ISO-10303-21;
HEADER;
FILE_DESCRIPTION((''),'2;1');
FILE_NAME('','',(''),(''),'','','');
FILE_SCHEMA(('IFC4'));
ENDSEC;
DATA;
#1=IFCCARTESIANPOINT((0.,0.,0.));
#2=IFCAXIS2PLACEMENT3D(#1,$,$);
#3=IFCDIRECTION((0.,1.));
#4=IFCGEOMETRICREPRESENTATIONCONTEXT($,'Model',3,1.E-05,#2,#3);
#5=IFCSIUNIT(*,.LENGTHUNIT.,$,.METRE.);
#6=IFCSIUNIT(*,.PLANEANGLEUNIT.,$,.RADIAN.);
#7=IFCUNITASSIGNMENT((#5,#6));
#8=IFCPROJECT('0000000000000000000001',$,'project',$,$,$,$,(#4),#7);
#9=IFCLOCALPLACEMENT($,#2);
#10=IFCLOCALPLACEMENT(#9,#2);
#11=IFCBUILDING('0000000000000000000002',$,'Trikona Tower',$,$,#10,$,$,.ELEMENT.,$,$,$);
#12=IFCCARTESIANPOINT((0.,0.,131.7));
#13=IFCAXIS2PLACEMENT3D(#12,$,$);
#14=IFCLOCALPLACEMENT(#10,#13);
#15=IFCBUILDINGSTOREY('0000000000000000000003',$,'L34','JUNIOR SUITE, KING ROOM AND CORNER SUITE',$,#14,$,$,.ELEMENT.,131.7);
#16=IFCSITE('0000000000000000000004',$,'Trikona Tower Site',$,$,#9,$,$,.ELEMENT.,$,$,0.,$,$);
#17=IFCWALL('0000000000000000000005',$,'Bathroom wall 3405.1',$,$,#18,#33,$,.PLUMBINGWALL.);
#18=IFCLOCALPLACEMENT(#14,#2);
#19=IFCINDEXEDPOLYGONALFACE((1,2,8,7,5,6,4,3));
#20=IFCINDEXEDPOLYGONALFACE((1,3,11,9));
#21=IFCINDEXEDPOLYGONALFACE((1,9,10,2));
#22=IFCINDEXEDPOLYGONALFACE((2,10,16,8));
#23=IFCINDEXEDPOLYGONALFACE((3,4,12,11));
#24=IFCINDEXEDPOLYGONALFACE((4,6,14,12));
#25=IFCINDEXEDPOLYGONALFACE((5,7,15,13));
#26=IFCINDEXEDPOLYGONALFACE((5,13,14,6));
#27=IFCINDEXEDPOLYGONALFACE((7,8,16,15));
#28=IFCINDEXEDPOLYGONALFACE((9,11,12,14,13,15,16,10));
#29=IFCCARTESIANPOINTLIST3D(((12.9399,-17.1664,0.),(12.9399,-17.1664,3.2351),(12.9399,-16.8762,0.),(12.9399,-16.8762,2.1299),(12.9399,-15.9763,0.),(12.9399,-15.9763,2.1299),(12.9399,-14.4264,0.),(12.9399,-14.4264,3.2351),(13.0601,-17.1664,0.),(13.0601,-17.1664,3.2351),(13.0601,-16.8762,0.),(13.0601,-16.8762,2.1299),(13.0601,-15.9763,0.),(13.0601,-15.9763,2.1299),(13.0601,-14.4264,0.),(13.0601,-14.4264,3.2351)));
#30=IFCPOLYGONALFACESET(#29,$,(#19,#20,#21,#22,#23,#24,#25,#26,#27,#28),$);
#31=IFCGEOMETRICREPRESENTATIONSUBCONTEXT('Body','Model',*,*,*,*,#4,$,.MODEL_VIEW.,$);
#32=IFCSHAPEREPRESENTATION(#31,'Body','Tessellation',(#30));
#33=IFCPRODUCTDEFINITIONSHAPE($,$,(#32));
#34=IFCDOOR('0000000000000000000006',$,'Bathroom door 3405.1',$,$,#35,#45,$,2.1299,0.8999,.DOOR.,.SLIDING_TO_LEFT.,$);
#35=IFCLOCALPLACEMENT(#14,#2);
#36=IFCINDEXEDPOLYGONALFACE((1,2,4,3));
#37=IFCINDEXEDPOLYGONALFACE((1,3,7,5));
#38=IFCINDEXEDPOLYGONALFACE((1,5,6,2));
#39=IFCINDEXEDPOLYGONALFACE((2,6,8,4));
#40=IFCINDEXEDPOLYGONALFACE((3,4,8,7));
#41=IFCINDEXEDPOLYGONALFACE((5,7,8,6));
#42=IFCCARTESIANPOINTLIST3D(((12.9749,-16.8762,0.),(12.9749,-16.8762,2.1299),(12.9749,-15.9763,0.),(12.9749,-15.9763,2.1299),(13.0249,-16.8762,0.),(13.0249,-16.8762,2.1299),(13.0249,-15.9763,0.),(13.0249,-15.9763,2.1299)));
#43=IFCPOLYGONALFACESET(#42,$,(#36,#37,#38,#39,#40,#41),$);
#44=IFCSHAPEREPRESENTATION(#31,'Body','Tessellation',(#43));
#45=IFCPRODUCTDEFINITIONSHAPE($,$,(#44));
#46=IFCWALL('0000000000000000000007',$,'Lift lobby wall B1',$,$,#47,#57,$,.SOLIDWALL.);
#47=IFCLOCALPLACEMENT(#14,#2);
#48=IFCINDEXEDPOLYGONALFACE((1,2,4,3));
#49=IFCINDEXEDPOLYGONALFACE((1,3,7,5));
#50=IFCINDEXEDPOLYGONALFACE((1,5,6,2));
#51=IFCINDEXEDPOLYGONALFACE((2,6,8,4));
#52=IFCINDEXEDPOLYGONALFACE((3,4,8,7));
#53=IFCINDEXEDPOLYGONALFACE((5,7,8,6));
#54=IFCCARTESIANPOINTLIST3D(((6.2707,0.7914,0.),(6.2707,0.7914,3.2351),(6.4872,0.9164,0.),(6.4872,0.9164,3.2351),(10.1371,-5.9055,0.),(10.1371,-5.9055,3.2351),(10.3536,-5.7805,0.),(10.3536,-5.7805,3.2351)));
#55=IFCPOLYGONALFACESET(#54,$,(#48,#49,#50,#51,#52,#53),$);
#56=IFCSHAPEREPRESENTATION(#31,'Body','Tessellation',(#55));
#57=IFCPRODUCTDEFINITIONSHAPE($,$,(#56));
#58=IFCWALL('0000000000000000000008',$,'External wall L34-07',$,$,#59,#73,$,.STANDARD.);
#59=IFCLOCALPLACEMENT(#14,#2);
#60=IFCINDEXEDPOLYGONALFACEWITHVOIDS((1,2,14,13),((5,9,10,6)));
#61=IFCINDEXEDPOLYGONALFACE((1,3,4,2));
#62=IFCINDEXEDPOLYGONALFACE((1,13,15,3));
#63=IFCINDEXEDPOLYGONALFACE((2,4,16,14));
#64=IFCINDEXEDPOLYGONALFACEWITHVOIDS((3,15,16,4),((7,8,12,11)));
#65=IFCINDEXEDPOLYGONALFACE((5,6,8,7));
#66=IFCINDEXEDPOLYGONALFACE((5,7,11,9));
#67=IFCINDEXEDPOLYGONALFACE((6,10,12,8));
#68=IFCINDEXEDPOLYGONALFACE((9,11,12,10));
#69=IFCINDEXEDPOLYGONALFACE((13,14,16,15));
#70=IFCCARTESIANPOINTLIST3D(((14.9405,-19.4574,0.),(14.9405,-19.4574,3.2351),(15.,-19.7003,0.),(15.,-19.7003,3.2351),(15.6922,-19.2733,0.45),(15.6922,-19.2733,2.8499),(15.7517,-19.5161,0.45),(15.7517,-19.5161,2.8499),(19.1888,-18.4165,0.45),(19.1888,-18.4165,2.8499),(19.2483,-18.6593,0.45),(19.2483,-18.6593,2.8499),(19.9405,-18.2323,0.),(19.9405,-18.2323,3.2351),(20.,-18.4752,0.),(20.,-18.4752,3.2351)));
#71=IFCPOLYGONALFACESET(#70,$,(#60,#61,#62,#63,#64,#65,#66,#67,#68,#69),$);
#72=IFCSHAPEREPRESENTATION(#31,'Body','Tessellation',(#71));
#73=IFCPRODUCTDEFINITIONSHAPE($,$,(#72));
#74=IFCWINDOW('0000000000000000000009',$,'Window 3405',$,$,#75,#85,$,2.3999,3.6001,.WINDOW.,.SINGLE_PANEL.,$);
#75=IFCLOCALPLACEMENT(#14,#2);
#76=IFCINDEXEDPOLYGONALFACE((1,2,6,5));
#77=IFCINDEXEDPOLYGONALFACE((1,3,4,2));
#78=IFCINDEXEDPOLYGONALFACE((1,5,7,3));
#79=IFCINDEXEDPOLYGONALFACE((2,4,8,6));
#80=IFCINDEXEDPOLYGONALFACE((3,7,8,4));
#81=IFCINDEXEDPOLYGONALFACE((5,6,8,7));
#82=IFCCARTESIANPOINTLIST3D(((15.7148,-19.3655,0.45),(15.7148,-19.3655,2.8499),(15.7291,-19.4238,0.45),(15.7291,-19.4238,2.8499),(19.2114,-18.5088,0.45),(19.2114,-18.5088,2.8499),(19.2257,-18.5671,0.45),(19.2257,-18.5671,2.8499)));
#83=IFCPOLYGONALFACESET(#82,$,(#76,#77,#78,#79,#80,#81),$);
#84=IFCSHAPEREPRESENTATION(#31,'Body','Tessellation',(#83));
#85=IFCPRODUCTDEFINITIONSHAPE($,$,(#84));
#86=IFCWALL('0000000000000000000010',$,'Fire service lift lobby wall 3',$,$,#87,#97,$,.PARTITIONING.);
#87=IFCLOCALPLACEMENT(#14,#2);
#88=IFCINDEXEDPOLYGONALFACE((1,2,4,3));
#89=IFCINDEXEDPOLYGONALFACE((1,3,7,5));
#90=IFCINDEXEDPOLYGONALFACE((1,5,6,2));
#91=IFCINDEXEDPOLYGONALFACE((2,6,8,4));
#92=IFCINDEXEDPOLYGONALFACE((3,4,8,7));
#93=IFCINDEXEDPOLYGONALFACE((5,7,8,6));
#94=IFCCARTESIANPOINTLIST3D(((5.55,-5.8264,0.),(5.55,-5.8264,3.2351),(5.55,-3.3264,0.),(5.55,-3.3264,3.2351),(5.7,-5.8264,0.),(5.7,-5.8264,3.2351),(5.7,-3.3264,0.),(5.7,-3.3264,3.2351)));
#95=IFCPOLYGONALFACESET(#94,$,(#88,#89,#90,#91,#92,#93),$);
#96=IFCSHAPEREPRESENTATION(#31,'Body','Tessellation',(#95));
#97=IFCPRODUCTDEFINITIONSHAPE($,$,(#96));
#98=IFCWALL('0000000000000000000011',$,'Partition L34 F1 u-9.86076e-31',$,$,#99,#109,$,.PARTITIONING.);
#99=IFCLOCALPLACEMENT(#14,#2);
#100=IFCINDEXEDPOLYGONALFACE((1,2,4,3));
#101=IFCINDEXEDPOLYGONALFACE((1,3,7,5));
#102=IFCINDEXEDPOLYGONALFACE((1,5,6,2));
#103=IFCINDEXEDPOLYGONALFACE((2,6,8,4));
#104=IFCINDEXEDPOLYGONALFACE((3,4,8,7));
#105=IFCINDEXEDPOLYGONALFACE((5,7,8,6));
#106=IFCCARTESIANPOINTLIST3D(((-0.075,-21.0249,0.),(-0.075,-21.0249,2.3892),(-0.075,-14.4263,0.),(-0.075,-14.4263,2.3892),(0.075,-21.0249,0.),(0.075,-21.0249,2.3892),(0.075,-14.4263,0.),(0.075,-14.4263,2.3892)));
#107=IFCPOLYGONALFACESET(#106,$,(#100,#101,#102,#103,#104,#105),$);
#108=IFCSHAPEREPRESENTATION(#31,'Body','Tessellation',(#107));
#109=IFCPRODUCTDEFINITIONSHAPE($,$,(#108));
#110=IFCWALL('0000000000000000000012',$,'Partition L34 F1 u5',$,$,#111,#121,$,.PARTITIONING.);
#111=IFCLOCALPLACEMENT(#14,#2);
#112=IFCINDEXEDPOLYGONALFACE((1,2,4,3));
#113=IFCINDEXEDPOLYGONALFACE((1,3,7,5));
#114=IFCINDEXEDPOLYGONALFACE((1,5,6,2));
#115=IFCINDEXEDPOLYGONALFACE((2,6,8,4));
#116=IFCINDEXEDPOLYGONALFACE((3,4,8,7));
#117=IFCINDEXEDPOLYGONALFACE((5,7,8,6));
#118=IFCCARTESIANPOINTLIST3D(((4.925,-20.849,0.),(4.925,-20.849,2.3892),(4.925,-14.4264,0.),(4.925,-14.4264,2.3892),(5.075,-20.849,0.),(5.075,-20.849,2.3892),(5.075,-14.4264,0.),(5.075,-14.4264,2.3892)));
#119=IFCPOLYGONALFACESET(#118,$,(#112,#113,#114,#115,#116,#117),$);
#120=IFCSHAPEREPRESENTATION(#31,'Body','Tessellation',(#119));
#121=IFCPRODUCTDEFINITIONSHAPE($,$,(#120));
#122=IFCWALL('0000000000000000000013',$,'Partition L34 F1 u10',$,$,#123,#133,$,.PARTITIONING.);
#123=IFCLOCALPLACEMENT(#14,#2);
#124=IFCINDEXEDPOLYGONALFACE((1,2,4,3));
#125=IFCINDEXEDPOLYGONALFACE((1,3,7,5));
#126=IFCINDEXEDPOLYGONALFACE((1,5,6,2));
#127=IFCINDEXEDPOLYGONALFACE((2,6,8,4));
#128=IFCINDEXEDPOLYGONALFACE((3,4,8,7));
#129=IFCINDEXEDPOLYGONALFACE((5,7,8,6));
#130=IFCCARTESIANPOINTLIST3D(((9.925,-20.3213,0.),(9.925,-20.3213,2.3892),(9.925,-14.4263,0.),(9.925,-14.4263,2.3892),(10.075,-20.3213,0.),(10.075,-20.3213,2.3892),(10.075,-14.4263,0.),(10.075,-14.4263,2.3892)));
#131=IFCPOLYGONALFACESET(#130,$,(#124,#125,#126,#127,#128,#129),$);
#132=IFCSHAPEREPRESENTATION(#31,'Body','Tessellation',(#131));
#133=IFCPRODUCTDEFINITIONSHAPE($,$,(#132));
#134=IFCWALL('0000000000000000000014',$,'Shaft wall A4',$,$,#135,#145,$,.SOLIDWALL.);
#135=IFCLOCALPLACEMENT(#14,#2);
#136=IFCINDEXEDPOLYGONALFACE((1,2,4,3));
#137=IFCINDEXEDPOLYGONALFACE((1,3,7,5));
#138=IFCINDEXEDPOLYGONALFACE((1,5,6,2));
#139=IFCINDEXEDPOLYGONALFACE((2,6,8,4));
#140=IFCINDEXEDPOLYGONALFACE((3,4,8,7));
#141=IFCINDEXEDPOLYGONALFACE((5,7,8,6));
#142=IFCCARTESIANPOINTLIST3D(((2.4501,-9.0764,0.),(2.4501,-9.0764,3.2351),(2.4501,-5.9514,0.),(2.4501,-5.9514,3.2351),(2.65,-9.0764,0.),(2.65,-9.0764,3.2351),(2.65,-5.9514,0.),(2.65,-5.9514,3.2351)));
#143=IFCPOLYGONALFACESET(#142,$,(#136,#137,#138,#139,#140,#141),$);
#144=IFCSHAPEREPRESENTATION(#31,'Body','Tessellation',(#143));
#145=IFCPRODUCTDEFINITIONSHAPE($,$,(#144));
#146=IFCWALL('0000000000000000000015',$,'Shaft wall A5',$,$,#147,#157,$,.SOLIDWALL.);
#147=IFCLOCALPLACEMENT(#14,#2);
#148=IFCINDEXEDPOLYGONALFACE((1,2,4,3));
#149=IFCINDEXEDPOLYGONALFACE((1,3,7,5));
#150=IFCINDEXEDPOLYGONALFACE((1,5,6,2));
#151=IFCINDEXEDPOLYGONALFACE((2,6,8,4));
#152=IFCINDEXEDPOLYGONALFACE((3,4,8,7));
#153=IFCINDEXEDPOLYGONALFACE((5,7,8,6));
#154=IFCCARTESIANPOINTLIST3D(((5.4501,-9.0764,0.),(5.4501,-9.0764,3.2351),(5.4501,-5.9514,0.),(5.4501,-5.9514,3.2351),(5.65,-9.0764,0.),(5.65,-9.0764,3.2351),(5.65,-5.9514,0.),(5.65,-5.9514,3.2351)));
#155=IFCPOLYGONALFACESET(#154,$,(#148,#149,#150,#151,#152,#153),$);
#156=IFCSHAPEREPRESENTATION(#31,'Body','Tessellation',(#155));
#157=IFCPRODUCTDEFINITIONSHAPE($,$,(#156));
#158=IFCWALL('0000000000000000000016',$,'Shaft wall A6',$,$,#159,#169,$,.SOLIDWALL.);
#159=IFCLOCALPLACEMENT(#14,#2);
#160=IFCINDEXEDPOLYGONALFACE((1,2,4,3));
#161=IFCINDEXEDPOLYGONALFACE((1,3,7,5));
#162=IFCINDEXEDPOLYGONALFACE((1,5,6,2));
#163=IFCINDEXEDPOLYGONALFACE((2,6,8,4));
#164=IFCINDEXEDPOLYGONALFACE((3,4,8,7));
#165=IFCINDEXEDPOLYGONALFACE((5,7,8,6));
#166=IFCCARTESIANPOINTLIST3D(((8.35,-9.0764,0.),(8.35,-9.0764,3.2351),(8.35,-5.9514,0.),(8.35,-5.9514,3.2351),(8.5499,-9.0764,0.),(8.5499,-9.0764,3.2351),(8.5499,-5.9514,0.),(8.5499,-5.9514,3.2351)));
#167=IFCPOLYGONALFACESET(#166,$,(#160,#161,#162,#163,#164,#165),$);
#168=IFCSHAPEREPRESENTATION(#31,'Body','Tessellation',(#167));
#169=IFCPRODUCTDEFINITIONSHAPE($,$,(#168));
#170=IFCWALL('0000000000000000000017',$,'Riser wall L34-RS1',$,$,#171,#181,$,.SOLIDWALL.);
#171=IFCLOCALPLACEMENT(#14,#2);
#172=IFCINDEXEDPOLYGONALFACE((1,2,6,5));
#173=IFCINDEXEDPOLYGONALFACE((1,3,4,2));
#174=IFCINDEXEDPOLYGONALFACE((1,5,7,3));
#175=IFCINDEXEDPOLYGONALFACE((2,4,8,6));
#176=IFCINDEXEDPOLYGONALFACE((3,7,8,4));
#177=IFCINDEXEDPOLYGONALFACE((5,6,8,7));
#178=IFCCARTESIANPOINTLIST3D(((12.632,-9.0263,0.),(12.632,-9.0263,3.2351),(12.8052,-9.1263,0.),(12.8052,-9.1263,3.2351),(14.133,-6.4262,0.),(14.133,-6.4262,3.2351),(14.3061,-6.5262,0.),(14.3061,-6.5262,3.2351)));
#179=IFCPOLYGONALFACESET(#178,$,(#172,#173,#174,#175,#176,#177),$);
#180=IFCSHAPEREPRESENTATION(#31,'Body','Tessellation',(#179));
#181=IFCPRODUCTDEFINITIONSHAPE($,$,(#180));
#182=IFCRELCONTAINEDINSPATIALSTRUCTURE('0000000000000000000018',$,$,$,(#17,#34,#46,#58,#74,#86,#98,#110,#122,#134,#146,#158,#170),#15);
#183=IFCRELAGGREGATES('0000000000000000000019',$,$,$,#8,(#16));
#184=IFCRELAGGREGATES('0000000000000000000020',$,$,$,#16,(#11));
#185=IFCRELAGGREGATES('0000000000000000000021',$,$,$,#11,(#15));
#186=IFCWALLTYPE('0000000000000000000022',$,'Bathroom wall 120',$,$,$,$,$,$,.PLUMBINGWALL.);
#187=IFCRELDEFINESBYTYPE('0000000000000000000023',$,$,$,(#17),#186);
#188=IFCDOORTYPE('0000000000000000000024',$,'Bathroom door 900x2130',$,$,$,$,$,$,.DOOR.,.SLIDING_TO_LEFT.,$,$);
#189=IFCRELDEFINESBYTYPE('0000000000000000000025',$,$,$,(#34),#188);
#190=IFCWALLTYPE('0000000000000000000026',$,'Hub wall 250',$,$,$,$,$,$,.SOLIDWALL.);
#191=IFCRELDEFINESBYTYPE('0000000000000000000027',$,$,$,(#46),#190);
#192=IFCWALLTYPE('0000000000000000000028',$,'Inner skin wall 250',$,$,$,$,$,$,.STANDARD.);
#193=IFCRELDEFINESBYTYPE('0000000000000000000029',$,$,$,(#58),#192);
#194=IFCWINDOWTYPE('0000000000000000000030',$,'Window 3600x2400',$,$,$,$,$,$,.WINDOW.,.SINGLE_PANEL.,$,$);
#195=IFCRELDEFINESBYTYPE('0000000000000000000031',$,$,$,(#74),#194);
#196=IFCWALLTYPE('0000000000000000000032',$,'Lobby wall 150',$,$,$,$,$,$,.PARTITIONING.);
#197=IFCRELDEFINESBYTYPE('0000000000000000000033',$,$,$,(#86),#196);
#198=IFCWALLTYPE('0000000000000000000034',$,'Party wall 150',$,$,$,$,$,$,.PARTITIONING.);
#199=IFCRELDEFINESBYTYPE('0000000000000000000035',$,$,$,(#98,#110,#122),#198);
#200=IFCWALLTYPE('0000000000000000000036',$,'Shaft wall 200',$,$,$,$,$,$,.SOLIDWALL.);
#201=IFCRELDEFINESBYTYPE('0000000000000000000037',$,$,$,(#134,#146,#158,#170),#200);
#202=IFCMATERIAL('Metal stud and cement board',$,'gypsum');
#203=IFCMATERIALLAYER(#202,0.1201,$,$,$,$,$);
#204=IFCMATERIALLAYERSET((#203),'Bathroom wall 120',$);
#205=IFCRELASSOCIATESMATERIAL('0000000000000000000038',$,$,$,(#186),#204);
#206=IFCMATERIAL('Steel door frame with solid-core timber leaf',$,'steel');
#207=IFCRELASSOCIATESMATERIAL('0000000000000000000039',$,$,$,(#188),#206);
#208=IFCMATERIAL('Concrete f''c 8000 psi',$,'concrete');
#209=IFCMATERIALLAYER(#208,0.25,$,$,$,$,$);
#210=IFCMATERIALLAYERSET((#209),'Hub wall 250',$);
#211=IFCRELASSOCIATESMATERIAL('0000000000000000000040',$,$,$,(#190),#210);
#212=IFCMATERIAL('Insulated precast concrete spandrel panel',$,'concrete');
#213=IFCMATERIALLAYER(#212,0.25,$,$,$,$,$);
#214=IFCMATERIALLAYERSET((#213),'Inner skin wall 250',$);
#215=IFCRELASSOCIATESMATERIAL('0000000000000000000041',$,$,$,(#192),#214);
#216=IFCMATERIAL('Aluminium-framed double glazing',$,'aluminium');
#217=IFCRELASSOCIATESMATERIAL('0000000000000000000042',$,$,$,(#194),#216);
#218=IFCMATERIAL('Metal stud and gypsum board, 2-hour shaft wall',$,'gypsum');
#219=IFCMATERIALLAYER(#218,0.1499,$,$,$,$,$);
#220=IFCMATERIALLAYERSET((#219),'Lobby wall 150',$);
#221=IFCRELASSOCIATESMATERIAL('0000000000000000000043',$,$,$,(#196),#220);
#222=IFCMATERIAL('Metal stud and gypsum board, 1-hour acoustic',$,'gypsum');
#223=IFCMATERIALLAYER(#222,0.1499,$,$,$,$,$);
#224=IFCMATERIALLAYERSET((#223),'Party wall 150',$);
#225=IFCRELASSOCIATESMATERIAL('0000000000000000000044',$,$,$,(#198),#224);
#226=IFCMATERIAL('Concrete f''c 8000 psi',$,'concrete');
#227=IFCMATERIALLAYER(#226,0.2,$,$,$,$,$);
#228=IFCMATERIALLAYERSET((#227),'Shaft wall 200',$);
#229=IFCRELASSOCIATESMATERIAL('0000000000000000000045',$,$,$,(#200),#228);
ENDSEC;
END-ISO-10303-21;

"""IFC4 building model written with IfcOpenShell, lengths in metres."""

from ifc_helpers import new_model, si_unit, direction, frame, frame_2d, origin, place, context, subcontext, project, spatial, rectangle, extrude, material, layer, layer_set, type_object, element, fill, save


model = new_model("IFC4")

# Units and contexts
model_context = context("Model", 3, precision=1e-05, world=origin(), true_north=direction((0.0, 1.0)))
body_context = subcontext(model_context, "Body", "Model", "MODEL_VIEW")
ifc_project = project(units=[si_unit("LENGTHUNIT", "METRE"), si_unit("PLANEANGLEUNIT", "RADIAN")], contexts=[model_context])

# Site, building, storey
site_placement = place(None, origin())
site = spatial("IfcSite", under=ifc_project, at=site_placement, Name="Trikona Tower Site", CompositionType="ELEMENT", RefElevation=0.0)
building_placement = place(site_placement, origin())
building = spatial("IfcBuilding", under=site, at=building_placement, Name="Trikona Tower", CompositionType="ELEMENT")
storey_placement = place(building_placement, frame((0.0, 0.0, 131.7)))
storey = spatial("IfcBuildingStorey", under=building, at=storey_placement, Name="L34", Description="JUNIOR SUITE, KING ROOM AND CORNER SUITE", CompositionType="ELEMENT", Elevation=131.7)

# Shared definitions
ifc_material_1 = material(Name="Metal stud and cement board", Category="gypsum")
ifc_layer_1 = layer(ifc_material_1, 0.1201)
ifc_layer_set_1 = layer_set([ifc_layer_1], Name="Bathroom wall 120")
wall_type_1 = type_object("IfcWallType", Name="Bathroom wall 120", PredefinedType="PLUMBINGWALL", material=ifc_layer_set_1)

# Shared definitions
ifc_material_2 = material(Name="Steel door frame with solid-core timber leaf", Category="steel")
door_type_1 = type_object("IfcDoorType", Name="Bathroom door 900x2130", OperationType="SLIDING_TO_LEFT", PredefinedType="DOOR", material=ifc_material_2)

# Wall, opening, door
wall_1_placement = place(storey_placement, frame((13.0, -14.4263, 0.0), z_axis=(0.0, 0.0, 1.0), x_axis=(0.0, -1.0, 0.0)))
wall_1 = element("IfcWall", 1, at=wall_1_placement, inside=storey, type_object=wall_type_1, Name="Bathroom wall 3405.1", PredefinedType="PLUMBINGWALL", context=body_context, shape_type="SweptSolid", body=[
    extrude(rectangle(XDim=2.74, YDim=0.1201, at=frame_2d((1.3701, 0.0))), origin(), (0.0, 0.0, 1.0), 3.2351),
])
opening_1_placement = place(wall_1_placement, frame((1.55, 0.0, 0.0)))
opening_1 = element("IfcOpeningElement", 2, at=opening_1_placement, cuts=wall_1, PredefinedType="OPENING", context=body_context, shape_type="SweptSolid", body=[
    extrude(rectangle(XDim=0.8999, YDim=2.1299, at=frame_2d((0.45, 1.0649))), frame((0.0, 0.0701, 0.0), z_axis=(0.0, -1.0, 0.0), x_axis=(1.0, 0.0, 0.0)), (0.0, 0.0, 1.0), 0.1401),
])
door_1_placement = place(opening_1_placement, origin())
door_1 = element("IfcDoor", 3, at=door_1_placement, inside=storey, type_object=door_type_1, Name="Bathroom door 3405.1", OperationType="SLIDING_TO_LEFT", OverallHeight=2.1299, OverallWidth=0.8999, PredefinedType="DOOR", context=body_context, shape_type="SweptSolid", body=[
    extrude(rectangle(XDim=0.8999, YDim=2.1299, at=frame_2d((0.45, 1.0649))), frame((0.0, 0.0249, 0.0), z_axis=(0.0, -1.0, 0.0), x_axis=(1.0, 0.0, 0.0)), (0.0, 0.0, 1.0), 0.05),
])
fill(opening_1, door_1)

# Wall
ifc_material_3 = material(Name="Concrete f'c 8000 psi", Category="concrete")
ifc_layer_2 = layer(ifc_material_3, 0.25)
ifc_layer_set_2 = layer_set([ifc_layer_2], Name="Hub wall 250")
wall_type_2 = type_object("IfcWallType", Name="Hub wall 250", PredefinedType="SOLIDWALL", material=ifc_layer_set_2)
wall_2_placement = place(storey_placement, frame((10.2454, -5.843, 0.0), z_axis=(0.0, 0.0, 1.0), x_axis=(-0.499993, 0.866029, 0.0)))
element("IfcWall", 4, at=wall_2_placement, inside=storey, type_object=wall_type_2, Name="Lift lobby wall B1", PredefinedType="SOLIDWALL", context=body_context, shape_type="SweptSolid", body=[
    extrude(rectangle(XDim=7.7329, YDim=0.25, at=frame_2d((3.8665, 0.0))), origin(), (0.0, 0.0, 1.0), 3.2351),
])

# Wall, opening, window
ifc_material_4 = material(Name="Insulated precast concrete spandrel panel", Category="concrete")
ifc_layer_3 = layer(ifc_material_4, 0.25)
ifc_layer_set_3 = layer_set([ifc_layer_3], Name="Inner skin wall 250")
wall_type_3 = type_object("IfcWallType", Name="Inner skin wall 250", PredefinedType="STANDARD", material=ifc_layer_set_3)
wall_3_placement = place(storey_placement, frame((14.9702, -19.5789, 0.0), z_axis=(0.0, 0.0, 1.0), x_axis=(0.97127, 0.23798, 0.0)))
wall_3 = element("IfcWall", 5, at=wall_3_placement, inside=storey, type_object=wall_type_3, Name="External wall L34-07", PredefinedType="STANDARD", context=body_context, shape_type="SweptSolid", body=[
    extrude(rectangle(XDim=5.1479, YDim=0.25, at=frame_2d((2.574, 0.0))), origin(), (0.0, 0.0, 1.0), 3.2351),
])
opening_2_placement = place(wall_3_placement, frame((0.7739, 0.0, 0.45)))
opening_2 = element("IfcOpeningElement", 6, at=opening_2_placement, cuts=wall_3, PredefinedType="OPENING", context=body_context, shape_type="SweptSolid", body=[
    extrude(rectangle(XDim=3.6001, YDim=2.3999, at=frame_2d((1.8, 1.2))), frame((0.0, 0.135, 0.0), z_axis=(0.0, -1.0, 0.0), x_axis=(1.0, 0.0, 0.0)), (0.0, 0.0, 1.0), 0.27),
])
ifc_material_5 = material(Name="Aluminium-framed double glazing", Category="aluminium")
window_type = type_object("IfcWindowType", Name="Window 3600x2400", PartitioningType="SINGLE_PANEL", PredefinedType="WINDOW", material=ifc_material_5)
window_placement = place(opening_2_placement, origin())
window = element("IfcWindow", 7, at=window_placement, inside=storey, type_object=window_type, Name="Window 3405", OverallHeight=2.3999, OverallWidth=3.6001, PartitioningType="SINGLE_PANEL", PredefinedType="WINDOW", context=body_context, shape_type="SweptSolid", body=[
    extrude(rectangle(XDim=3.6001, YDim=2.3999, at=frame_2d((1.8, 1.2))), frame((0.0, 0.03, 0.0), z_axis=(0.0, -1.0, 0.0), x_axis=(1.0, 0.0, 0.0)), (0.0, 0.0, 1.0), 0.0601),
])
fill(opening_2, window)

# Walls
ifc_material_6 = material(Name="Metal stud and gypsum board, 2-hour shaft wall", Category="gypsum")
ifc_layer_4 = layer(ifc_material_6, 0.1499)
ifc_layer_set_4 = layer_set([ifc_layer_4], Name="Lobby wall 150")
wall_type_4 = type_object("IfcWallType", Name="Lobby wall 150", PredefinedType="PARTITIONING", material=ifc_layer_set_4)
wall_4_placement = place(storey_placement, frame((5.625, -5.8264, 0.0), z_axis=(0.0, 0.0, 1.0), x_axis=(0.0, 1.0, 0.0)))
element("IfcWall", 8, at=wall_4_placement, inside=storey, type_object=wall_type_4, Name="Fire service lift lobby wall 3", PredefinedType="PARTITIONING", context=body_context, shape_type="SweptSolid", body=[
    extrude(rectangle(XDim=2.5, YDim=0.1499, at=frame_2d((1.25, 0.0))), origin(), (0.0, 0.0, 1.0), 3.2351),
])
ifc_material_7 = material(Name="Metal stud and gypsum board, 1-hour acoustic", Category="gypsum")
ifc_layer_5 = layer(ifc_material_7, 0.1499)
ifc_layer_set_5 = layer_set([ifc_layer_5], Name="Party wall 150")
wall_type_5 = type_object("IfcWallType", Name="Party wall 150", PredefinedType="PARTITIONING", material=ifc_layer_set_5)
wall_5_placement = place(storey_placement, frame((0.0, -14.4263, 0.0), z_axis=(0.0, 0.0, 1.0), x_axis=(0.0, -1.0, 0.0)))
element("IfcWall", 9, at=wall_5_placement, inside=storey, type_object=wall_type_5, Name="Partition L34 F1 u-9.86076e-31", PredefinedType="PARTITIONING", context=body_context, shape_type="SweptSolid", body=[
    extrude(rectangle(XDim=6.5986, YDim=0.1499, at=frame_2d((3.2993, 0.0))), origin(), (0.0, 0.0, 1.0), 2.3892),
])
wall_6_placement = place(storey_placement, frame((5.0, -14.4263, 0.0), z_axis=(0.0, 0.0, 1.0), x_axis=(0.0, -1.0, 0.0)))
element("IfcWall", 10, at=wall_6_placement, inside=storey, type_object=wall_type_5, Name="Partition L34 F1 u5", PredefinedType="PARTITIONING", context=body_context, shape_type="SweptSolid", body=[
    extrude(rectangle(XDim=6.4226, YDim=0.1499, at=frame_2d((3.2114, 0.0))), origin(), (0.0, 0.0, 1.0), 2.3892),
])
wall_7_placement = place(storey_placement, frame((10.0, -14.4263, 0.0), z_axis=(0.0, 0.0, 1.0), x_axis=(0.0, -1.0, 0.0)))
element("IfcWall", 11, at=wall_7_placement, inside=storey, type_object=wall_type_5, Name="Partition L34 F1 u10", PredefinedType="PARTITIONING", context=body_context, shape_type="SweptSolid", body=[
    extrude(rectangle(XDim=5.895, YDim=0.1499, at=frame_2d((2.9475, 0.0))), origin(), (0.0, 0.0, 1.0), 2.3892),
])
ifc_material_8 = material(Name="Concrete f'c 8000 psi", Category="concrete")
ifc_layer_6 = layer(ifc_material_8, 0.2)
ifc_layer_set_6 = layer_set([ifc_layer_6], Name="Shaft wall 200")
wall_type_6 = type_object("IfcWallType", Name="Shaft wall 200", PredefinedType="SOLIDWALL", material=ifc_layer_set_6)
for number, where, z_axis, x_axis, name in (
    (12, (2.55, -5.9514, 0.0), (0.0, 0.0, 1.0), (0.0, -1.0, 0.0), "Shaft wall A4"),
    (13, (5.55, -5.9514, 0.0), (0.0, 0.0, 1.0), (0.0, -1.0, 0.0), "Shaft wall A5"),
    (14, (8.45, -5.9514, 0.0), (0.0, 0.0, 1.0), (0.0, -1.0, 0.0), "Shaft wall A6"),
):
    element("IfcWall", number, at=place(storey_placement, frame(where, z_axis=z_axis, x_axis=x_axis)), inside=storey, type_object=wall_type_6, Name=name, PredefinedType="SOLIDWALL", context=body_context, shape_type="SweptSolid", body=[
        extrude(rectangle(XDim=3.125, YDim=0.2, at=frame_2d((1.5625, 0.0))), origin(), (0.0, 0.0, 1.0), 3.2351),
    ])
wall_8_placement = place(storey_placement, frame((14.2195, -6.4763, 0.0), z_axis=(0.0, 0.0, 1.0), x_axis=(-0.499952, -0.866053, 0.0)))
element("IfcWall", 15, at=wall_8_placement, inside=storey, type_object=wall_type_6, Name="Riser wall L34-RS1", PredefinedType="SOLIDWALL", context=body_context, shape_type="SweptSolid", body=[
    extrude(rectangle(XDim=3.0022, YDim=0.2, at=frame_2d((1.501, 0.0))), origin(), (0.0, 0.0, 1.0), 3.2351),
])

save(model, "model.ifc")
